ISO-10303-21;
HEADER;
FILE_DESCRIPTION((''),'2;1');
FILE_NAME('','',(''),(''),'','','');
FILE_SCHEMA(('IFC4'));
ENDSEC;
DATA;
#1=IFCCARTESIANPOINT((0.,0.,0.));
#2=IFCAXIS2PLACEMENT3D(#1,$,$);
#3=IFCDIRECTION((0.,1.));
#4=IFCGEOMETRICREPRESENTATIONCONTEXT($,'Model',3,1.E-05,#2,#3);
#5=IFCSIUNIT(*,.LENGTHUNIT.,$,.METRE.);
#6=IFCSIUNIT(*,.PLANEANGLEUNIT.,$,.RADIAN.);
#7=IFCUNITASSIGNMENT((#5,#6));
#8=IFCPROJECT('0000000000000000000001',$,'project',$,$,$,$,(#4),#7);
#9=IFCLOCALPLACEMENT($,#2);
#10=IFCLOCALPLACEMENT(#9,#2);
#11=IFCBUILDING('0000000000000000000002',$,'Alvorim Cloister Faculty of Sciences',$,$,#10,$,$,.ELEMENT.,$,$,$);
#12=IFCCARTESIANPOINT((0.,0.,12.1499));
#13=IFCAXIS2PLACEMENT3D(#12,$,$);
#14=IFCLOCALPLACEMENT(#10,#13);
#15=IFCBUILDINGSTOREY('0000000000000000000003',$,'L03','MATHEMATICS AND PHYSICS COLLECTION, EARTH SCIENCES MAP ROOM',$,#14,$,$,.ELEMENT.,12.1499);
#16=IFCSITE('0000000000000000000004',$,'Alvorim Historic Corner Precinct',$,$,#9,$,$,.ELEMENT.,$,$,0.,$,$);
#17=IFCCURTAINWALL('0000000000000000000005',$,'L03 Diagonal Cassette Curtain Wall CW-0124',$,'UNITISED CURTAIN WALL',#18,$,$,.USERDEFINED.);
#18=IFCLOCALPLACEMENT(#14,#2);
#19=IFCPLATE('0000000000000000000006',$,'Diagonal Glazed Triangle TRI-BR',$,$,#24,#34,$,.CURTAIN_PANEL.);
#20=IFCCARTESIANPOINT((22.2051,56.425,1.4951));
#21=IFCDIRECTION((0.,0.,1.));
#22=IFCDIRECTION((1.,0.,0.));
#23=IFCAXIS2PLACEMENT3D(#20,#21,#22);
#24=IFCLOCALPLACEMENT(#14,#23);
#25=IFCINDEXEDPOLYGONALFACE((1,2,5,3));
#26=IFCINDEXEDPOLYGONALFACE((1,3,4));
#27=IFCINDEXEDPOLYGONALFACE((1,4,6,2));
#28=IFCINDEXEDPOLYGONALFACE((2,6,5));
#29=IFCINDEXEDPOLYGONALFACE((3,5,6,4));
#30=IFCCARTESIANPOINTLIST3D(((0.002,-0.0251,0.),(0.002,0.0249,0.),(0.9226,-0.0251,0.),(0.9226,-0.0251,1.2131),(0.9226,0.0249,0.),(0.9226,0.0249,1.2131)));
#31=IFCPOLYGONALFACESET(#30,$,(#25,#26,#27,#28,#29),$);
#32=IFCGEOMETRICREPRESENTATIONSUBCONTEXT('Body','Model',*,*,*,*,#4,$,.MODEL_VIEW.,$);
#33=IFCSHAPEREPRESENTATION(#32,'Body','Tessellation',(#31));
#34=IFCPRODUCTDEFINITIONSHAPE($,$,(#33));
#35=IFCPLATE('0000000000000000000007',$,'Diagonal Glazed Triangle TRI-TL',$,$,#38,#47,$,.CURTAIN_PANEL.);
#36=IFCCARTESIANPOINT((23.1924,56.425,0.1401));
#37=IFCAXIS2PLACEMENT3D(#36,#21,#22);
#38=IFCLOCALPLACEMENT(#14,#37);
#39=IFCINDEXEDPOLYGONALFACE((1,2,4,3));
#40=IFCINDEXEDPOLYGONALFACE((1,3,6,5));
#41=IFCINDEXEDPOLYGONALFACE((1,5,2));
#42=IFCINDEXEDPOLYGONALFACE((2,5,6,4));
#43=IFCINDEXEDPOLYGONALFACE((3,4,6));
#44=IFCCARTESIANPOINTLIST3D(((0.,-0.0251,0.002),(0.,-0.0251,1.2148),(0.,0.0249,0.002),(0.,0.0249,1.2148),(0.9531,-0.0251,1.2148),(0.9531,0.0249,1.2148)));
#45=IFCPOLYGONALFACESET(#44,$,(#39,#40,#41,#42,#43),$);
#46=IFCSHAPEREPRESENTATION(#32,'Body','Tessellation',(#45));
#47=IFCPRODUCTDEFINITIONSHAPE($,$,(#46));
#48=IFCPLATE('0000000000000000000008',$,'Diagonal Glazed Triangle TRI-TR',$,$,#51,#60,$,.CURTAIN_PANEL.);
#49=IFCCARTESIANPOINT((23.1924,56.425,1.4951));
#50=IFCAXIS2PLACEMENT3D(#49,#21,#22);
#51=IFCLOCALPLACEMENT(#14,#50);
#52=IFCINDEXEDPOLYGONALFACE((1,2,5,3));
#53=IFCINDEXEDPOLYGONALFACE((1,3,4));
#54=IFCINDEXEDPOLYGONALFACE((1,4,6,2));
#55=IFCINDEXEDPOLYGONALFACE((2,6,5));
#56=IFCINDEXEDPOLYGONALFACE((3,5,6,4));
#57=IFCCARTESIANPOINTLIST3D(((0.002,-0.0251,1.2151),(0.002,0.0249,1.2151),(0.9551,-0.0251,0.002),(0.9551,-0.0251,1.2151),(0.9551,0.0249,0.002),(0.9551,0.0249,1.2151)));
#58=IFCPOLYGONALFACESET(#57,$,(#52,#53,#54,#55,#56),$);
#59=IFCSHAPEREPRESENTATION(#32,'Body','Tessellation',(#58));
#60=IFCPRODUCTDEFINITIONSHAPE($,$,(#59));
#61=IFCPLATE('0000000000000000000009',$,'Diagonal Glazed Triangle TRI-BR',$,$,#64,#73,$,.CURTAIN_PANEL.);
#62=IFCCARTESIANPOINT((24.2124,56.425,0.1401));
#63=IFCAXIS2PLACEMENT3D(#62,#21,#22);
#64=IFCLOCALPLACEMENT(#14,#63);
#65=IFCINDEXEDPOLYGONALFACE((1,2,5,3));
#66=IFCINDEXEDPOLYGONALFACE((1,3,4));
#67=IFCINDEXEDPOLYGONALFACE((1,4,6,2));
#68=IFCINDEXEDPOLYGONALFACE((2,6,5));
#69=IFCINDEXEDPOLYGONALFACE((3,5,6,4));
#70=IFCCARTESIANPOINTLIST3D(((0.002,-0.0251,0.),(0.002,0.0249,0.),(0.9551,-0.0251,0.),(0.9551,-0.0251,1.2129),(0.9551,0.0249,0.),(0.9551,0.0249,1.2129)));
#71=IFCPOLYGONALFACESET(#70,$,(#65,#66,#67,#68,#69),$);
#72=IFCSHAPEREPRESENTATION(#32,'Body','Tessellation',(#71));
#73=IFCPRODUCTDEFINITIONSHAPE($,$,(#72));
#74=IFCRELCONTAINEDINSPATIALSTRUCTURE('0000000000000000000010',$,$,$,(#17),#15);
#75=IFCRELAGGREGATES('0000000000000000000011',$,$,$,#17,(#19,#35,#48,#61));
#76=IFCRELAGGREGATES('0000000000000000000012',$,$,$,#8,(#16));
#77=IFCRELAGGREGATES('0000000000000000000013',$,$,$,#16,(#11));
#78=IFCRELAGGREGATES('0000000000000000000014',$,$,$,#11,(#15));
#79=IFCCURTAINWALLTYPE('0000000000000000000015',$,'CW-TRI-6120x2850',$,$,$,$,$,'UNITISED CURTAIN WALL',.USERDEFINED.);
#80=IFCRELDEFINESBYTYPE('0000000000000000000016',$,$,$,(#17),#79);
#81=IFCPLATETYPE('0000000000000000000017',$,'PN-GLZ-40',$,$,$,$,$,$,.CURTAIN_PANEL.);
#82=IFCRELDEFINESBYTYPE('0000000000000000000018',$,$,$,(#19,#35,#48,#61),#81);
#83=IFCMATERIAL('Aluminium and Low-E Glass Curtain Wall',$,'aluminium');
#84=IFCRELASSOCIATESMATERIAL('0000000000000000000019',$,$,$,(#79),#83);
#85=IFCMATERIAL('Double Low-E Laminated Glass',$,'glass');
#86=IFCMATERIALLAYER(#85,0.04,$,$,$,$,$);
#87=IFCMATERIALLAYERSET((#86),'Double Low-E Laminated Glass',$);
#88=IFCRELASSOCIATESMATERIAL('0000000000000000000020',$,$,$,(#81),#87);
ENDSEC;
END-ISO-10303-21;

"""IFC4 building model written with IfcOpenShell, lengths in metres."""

from ifc_helpers import new_model, si_unit, direction, frame, origin, place, context, subcontext, project, spatial, polyline, outline, extrude, material, layer, layer_set, type_object, element, aggregate, save


model = new_model("IFC4")

# Units and contexts
model_context = context("Model", 3, precision=1e-05, world=origin(), true_north=direction((0.0, 1.0)))
body_context = subcontext(model_context, "Body", "Model", "MODEL_VIEW")
ifc_project = project(units=[si_unit("LENGTHUNIT", "METRE"), si_unit("PLANEANGLEUNIT", "RADIAN")], contexts=[model_context])

# Site, building, storey
site_placement = place(None, origin())
site = spatial("IfcSite", under=ifc_project, at=site_placement, Name="Alvorim Historic Corner Precinct", CompositionType="ELEMENT", RefElevation=0.0)
building_placement = place(site_placement, origin())
building = spatial("IfcBuilding", under=site, at=building_placement, Name="Alvorim Cloister Faculty of Sciences", CompositionType="ELEMENT")
storey_placement = place(building_placement, frame((0.0, 0.0, 12.1499)))
storey = spatial("IfcBuildingStorey", under=building, at=storey_placement, Name="L03", Description="MATHEMATICS AND PHYSICS COLLECTION, EARTH SCIENCES MAP ROOM", CompositionType="ELEMENT", Elevation=12.1499)

# Curtain wall, plates
ifc_material_1 = material(Name="Aluminium and Low-E Glass Curtain Wall", Category="aluminium")
curtain_wall_type = type_object("IfcCurtainWallType", Name="CW-TRI-6120x2850", ElementType="UNITISED CURTAIN WALL", PredefinedType="USERDEFINED", material=ifc_material_1)
curtain_wall_placement = place(storey_placement, origin())
curtain_wall = element("IfcCurtainWall", 1, at=curtain_wall_placement, inside=storey, type_object=curtain_wall_type, Name="L03 Diagonal Cassette Curtain Wall CW-0124", ObjectType="UNITISED CURTAIN WALL", PredefinedType="USERDEFINED")
ifc_material_2 = material(Name="Double Low-E Laminated Glass", Category="glass")
ifc_layer_1 = layer(ifc_material_2, 0.04)
ifc_layer_set_1 = layer_set([ifc_layer_1], Name="Double Low-E Laminated Glass")
plate_type = type_object("IfcPlateType", Name="PN-GLZ-40", PredefinedType="CURTAIN_PANEL", material=ifc_layer_set_1)
plate_1_placement = place(storey_placement, frame((22.2051, 56.425, 1.4951), z_axis=(0.0, 0.0, 1.0), x_axis=(1.0, 0.0, 0.0)))
plate_1 = element("IfcPlate", 2, at=plate_1_placement, type_object=plate_type, Name="Diagonal Glazed Triangle TRI-BR", PredefinedType="CURTAIN_PANEL", context=body_context, shape_type="SweptSolid", body=[
    extrude(outline(polyline([(0.002, 0.0), (0.9226, 0.0), (0.9226, 1.2131), (0.002, 0.0)])), frame((0.0, 0.0249, 0.0), z_axis=(0.0, -1.0, 0.0), x_axis=(1.0, 0.0, 0.0)), (0.0, 0.0, 1.0), 0.05),
])
plate_2_placement = place(storey_placement, frame((23.1924, 56.425, 0.1401), z_axis=(0.0, 0.0, 1.0), x_axis=(1.0, 0.0, 0.0)))
plate_2 = element("IfcPlate", 3, at=plate_2_placement, type_object=plate_type, Name="Diagonal Glazed Triangle TRI-TL", PredefinedType="CURTAIN_PANEL", context=body_context, shape_type="SweptSolid", body=[
    extrude(outline(polyline([(0.9531, 1.2148), (0.0, 1.2148), (0.0, 0.002), (0.9531, 1.2148)])), frame((0.0, 0.0249, 0.0), z_axis=(0.0, -1.0, 0.0), x_axis=(1.0, 0.0, 0.0)), (0.0, 0.0, 1.0), 0.05),
])
plate_3_placement = place(storey_placement, frame((23.1924, 56.425, 1.4951), z_axis=(0.0, 0.0, 1.0), x_axis=(1.0, 0.0, 0.0)))
plate_3 = element("IfcPlate", 4, at=plate_3_placement, type_object=plate_type, Name="Diagonal Glazed Triangle TRI-TR", PredefinedType="CURTAIN_PANEL", context=body_context, shape_type="SweptSolid", body=[
    extrude(outline(polyline([(0.9551, 0.002), (0.9551, 1.2151), (0.002, 1.2151), (0.9551, 0.002)])), frame((0.0, 0.0249, 0.0), z_axis=(0.0, -1.0, 0.0), x_axis=(1.0, 0.0, 0.0)), (0.0, 0.0, 1.0), 0.05),
])
plate_4_placement = place(storey_placement, frame((24.2124, 56.425, 0.1401), z_axis=(0.0, 0.0, 1.0), x_axis=(1.0, 0.0, 0.0)))
plate_4 = element("IfcPlate", 5, at=plate_4_placement, type_object=plate_type, Name="Diagonal Glazed Triangle TRI-BR", PredefinedType="CURTAIN_PANEL", context=body_context, shape_type="SweptSolid", body=[
    extrude(outline(polyline([(0.002, 0.0), (0.9551, 0.0), (0.9551, 1.2129), (0.002, 0.0)])), frame((0.0, 0.0249, 0.0), z_axis=(0.0, -1.0, 0.0), x_axis=(1.0, 0.0, 0.0)), (0.0, 0.0, 1.0), 0.05),
])
aggregate(curtain_wall, [plate_1, plate_2, plate_3, plate_4])

save(model, "model.ifc")
